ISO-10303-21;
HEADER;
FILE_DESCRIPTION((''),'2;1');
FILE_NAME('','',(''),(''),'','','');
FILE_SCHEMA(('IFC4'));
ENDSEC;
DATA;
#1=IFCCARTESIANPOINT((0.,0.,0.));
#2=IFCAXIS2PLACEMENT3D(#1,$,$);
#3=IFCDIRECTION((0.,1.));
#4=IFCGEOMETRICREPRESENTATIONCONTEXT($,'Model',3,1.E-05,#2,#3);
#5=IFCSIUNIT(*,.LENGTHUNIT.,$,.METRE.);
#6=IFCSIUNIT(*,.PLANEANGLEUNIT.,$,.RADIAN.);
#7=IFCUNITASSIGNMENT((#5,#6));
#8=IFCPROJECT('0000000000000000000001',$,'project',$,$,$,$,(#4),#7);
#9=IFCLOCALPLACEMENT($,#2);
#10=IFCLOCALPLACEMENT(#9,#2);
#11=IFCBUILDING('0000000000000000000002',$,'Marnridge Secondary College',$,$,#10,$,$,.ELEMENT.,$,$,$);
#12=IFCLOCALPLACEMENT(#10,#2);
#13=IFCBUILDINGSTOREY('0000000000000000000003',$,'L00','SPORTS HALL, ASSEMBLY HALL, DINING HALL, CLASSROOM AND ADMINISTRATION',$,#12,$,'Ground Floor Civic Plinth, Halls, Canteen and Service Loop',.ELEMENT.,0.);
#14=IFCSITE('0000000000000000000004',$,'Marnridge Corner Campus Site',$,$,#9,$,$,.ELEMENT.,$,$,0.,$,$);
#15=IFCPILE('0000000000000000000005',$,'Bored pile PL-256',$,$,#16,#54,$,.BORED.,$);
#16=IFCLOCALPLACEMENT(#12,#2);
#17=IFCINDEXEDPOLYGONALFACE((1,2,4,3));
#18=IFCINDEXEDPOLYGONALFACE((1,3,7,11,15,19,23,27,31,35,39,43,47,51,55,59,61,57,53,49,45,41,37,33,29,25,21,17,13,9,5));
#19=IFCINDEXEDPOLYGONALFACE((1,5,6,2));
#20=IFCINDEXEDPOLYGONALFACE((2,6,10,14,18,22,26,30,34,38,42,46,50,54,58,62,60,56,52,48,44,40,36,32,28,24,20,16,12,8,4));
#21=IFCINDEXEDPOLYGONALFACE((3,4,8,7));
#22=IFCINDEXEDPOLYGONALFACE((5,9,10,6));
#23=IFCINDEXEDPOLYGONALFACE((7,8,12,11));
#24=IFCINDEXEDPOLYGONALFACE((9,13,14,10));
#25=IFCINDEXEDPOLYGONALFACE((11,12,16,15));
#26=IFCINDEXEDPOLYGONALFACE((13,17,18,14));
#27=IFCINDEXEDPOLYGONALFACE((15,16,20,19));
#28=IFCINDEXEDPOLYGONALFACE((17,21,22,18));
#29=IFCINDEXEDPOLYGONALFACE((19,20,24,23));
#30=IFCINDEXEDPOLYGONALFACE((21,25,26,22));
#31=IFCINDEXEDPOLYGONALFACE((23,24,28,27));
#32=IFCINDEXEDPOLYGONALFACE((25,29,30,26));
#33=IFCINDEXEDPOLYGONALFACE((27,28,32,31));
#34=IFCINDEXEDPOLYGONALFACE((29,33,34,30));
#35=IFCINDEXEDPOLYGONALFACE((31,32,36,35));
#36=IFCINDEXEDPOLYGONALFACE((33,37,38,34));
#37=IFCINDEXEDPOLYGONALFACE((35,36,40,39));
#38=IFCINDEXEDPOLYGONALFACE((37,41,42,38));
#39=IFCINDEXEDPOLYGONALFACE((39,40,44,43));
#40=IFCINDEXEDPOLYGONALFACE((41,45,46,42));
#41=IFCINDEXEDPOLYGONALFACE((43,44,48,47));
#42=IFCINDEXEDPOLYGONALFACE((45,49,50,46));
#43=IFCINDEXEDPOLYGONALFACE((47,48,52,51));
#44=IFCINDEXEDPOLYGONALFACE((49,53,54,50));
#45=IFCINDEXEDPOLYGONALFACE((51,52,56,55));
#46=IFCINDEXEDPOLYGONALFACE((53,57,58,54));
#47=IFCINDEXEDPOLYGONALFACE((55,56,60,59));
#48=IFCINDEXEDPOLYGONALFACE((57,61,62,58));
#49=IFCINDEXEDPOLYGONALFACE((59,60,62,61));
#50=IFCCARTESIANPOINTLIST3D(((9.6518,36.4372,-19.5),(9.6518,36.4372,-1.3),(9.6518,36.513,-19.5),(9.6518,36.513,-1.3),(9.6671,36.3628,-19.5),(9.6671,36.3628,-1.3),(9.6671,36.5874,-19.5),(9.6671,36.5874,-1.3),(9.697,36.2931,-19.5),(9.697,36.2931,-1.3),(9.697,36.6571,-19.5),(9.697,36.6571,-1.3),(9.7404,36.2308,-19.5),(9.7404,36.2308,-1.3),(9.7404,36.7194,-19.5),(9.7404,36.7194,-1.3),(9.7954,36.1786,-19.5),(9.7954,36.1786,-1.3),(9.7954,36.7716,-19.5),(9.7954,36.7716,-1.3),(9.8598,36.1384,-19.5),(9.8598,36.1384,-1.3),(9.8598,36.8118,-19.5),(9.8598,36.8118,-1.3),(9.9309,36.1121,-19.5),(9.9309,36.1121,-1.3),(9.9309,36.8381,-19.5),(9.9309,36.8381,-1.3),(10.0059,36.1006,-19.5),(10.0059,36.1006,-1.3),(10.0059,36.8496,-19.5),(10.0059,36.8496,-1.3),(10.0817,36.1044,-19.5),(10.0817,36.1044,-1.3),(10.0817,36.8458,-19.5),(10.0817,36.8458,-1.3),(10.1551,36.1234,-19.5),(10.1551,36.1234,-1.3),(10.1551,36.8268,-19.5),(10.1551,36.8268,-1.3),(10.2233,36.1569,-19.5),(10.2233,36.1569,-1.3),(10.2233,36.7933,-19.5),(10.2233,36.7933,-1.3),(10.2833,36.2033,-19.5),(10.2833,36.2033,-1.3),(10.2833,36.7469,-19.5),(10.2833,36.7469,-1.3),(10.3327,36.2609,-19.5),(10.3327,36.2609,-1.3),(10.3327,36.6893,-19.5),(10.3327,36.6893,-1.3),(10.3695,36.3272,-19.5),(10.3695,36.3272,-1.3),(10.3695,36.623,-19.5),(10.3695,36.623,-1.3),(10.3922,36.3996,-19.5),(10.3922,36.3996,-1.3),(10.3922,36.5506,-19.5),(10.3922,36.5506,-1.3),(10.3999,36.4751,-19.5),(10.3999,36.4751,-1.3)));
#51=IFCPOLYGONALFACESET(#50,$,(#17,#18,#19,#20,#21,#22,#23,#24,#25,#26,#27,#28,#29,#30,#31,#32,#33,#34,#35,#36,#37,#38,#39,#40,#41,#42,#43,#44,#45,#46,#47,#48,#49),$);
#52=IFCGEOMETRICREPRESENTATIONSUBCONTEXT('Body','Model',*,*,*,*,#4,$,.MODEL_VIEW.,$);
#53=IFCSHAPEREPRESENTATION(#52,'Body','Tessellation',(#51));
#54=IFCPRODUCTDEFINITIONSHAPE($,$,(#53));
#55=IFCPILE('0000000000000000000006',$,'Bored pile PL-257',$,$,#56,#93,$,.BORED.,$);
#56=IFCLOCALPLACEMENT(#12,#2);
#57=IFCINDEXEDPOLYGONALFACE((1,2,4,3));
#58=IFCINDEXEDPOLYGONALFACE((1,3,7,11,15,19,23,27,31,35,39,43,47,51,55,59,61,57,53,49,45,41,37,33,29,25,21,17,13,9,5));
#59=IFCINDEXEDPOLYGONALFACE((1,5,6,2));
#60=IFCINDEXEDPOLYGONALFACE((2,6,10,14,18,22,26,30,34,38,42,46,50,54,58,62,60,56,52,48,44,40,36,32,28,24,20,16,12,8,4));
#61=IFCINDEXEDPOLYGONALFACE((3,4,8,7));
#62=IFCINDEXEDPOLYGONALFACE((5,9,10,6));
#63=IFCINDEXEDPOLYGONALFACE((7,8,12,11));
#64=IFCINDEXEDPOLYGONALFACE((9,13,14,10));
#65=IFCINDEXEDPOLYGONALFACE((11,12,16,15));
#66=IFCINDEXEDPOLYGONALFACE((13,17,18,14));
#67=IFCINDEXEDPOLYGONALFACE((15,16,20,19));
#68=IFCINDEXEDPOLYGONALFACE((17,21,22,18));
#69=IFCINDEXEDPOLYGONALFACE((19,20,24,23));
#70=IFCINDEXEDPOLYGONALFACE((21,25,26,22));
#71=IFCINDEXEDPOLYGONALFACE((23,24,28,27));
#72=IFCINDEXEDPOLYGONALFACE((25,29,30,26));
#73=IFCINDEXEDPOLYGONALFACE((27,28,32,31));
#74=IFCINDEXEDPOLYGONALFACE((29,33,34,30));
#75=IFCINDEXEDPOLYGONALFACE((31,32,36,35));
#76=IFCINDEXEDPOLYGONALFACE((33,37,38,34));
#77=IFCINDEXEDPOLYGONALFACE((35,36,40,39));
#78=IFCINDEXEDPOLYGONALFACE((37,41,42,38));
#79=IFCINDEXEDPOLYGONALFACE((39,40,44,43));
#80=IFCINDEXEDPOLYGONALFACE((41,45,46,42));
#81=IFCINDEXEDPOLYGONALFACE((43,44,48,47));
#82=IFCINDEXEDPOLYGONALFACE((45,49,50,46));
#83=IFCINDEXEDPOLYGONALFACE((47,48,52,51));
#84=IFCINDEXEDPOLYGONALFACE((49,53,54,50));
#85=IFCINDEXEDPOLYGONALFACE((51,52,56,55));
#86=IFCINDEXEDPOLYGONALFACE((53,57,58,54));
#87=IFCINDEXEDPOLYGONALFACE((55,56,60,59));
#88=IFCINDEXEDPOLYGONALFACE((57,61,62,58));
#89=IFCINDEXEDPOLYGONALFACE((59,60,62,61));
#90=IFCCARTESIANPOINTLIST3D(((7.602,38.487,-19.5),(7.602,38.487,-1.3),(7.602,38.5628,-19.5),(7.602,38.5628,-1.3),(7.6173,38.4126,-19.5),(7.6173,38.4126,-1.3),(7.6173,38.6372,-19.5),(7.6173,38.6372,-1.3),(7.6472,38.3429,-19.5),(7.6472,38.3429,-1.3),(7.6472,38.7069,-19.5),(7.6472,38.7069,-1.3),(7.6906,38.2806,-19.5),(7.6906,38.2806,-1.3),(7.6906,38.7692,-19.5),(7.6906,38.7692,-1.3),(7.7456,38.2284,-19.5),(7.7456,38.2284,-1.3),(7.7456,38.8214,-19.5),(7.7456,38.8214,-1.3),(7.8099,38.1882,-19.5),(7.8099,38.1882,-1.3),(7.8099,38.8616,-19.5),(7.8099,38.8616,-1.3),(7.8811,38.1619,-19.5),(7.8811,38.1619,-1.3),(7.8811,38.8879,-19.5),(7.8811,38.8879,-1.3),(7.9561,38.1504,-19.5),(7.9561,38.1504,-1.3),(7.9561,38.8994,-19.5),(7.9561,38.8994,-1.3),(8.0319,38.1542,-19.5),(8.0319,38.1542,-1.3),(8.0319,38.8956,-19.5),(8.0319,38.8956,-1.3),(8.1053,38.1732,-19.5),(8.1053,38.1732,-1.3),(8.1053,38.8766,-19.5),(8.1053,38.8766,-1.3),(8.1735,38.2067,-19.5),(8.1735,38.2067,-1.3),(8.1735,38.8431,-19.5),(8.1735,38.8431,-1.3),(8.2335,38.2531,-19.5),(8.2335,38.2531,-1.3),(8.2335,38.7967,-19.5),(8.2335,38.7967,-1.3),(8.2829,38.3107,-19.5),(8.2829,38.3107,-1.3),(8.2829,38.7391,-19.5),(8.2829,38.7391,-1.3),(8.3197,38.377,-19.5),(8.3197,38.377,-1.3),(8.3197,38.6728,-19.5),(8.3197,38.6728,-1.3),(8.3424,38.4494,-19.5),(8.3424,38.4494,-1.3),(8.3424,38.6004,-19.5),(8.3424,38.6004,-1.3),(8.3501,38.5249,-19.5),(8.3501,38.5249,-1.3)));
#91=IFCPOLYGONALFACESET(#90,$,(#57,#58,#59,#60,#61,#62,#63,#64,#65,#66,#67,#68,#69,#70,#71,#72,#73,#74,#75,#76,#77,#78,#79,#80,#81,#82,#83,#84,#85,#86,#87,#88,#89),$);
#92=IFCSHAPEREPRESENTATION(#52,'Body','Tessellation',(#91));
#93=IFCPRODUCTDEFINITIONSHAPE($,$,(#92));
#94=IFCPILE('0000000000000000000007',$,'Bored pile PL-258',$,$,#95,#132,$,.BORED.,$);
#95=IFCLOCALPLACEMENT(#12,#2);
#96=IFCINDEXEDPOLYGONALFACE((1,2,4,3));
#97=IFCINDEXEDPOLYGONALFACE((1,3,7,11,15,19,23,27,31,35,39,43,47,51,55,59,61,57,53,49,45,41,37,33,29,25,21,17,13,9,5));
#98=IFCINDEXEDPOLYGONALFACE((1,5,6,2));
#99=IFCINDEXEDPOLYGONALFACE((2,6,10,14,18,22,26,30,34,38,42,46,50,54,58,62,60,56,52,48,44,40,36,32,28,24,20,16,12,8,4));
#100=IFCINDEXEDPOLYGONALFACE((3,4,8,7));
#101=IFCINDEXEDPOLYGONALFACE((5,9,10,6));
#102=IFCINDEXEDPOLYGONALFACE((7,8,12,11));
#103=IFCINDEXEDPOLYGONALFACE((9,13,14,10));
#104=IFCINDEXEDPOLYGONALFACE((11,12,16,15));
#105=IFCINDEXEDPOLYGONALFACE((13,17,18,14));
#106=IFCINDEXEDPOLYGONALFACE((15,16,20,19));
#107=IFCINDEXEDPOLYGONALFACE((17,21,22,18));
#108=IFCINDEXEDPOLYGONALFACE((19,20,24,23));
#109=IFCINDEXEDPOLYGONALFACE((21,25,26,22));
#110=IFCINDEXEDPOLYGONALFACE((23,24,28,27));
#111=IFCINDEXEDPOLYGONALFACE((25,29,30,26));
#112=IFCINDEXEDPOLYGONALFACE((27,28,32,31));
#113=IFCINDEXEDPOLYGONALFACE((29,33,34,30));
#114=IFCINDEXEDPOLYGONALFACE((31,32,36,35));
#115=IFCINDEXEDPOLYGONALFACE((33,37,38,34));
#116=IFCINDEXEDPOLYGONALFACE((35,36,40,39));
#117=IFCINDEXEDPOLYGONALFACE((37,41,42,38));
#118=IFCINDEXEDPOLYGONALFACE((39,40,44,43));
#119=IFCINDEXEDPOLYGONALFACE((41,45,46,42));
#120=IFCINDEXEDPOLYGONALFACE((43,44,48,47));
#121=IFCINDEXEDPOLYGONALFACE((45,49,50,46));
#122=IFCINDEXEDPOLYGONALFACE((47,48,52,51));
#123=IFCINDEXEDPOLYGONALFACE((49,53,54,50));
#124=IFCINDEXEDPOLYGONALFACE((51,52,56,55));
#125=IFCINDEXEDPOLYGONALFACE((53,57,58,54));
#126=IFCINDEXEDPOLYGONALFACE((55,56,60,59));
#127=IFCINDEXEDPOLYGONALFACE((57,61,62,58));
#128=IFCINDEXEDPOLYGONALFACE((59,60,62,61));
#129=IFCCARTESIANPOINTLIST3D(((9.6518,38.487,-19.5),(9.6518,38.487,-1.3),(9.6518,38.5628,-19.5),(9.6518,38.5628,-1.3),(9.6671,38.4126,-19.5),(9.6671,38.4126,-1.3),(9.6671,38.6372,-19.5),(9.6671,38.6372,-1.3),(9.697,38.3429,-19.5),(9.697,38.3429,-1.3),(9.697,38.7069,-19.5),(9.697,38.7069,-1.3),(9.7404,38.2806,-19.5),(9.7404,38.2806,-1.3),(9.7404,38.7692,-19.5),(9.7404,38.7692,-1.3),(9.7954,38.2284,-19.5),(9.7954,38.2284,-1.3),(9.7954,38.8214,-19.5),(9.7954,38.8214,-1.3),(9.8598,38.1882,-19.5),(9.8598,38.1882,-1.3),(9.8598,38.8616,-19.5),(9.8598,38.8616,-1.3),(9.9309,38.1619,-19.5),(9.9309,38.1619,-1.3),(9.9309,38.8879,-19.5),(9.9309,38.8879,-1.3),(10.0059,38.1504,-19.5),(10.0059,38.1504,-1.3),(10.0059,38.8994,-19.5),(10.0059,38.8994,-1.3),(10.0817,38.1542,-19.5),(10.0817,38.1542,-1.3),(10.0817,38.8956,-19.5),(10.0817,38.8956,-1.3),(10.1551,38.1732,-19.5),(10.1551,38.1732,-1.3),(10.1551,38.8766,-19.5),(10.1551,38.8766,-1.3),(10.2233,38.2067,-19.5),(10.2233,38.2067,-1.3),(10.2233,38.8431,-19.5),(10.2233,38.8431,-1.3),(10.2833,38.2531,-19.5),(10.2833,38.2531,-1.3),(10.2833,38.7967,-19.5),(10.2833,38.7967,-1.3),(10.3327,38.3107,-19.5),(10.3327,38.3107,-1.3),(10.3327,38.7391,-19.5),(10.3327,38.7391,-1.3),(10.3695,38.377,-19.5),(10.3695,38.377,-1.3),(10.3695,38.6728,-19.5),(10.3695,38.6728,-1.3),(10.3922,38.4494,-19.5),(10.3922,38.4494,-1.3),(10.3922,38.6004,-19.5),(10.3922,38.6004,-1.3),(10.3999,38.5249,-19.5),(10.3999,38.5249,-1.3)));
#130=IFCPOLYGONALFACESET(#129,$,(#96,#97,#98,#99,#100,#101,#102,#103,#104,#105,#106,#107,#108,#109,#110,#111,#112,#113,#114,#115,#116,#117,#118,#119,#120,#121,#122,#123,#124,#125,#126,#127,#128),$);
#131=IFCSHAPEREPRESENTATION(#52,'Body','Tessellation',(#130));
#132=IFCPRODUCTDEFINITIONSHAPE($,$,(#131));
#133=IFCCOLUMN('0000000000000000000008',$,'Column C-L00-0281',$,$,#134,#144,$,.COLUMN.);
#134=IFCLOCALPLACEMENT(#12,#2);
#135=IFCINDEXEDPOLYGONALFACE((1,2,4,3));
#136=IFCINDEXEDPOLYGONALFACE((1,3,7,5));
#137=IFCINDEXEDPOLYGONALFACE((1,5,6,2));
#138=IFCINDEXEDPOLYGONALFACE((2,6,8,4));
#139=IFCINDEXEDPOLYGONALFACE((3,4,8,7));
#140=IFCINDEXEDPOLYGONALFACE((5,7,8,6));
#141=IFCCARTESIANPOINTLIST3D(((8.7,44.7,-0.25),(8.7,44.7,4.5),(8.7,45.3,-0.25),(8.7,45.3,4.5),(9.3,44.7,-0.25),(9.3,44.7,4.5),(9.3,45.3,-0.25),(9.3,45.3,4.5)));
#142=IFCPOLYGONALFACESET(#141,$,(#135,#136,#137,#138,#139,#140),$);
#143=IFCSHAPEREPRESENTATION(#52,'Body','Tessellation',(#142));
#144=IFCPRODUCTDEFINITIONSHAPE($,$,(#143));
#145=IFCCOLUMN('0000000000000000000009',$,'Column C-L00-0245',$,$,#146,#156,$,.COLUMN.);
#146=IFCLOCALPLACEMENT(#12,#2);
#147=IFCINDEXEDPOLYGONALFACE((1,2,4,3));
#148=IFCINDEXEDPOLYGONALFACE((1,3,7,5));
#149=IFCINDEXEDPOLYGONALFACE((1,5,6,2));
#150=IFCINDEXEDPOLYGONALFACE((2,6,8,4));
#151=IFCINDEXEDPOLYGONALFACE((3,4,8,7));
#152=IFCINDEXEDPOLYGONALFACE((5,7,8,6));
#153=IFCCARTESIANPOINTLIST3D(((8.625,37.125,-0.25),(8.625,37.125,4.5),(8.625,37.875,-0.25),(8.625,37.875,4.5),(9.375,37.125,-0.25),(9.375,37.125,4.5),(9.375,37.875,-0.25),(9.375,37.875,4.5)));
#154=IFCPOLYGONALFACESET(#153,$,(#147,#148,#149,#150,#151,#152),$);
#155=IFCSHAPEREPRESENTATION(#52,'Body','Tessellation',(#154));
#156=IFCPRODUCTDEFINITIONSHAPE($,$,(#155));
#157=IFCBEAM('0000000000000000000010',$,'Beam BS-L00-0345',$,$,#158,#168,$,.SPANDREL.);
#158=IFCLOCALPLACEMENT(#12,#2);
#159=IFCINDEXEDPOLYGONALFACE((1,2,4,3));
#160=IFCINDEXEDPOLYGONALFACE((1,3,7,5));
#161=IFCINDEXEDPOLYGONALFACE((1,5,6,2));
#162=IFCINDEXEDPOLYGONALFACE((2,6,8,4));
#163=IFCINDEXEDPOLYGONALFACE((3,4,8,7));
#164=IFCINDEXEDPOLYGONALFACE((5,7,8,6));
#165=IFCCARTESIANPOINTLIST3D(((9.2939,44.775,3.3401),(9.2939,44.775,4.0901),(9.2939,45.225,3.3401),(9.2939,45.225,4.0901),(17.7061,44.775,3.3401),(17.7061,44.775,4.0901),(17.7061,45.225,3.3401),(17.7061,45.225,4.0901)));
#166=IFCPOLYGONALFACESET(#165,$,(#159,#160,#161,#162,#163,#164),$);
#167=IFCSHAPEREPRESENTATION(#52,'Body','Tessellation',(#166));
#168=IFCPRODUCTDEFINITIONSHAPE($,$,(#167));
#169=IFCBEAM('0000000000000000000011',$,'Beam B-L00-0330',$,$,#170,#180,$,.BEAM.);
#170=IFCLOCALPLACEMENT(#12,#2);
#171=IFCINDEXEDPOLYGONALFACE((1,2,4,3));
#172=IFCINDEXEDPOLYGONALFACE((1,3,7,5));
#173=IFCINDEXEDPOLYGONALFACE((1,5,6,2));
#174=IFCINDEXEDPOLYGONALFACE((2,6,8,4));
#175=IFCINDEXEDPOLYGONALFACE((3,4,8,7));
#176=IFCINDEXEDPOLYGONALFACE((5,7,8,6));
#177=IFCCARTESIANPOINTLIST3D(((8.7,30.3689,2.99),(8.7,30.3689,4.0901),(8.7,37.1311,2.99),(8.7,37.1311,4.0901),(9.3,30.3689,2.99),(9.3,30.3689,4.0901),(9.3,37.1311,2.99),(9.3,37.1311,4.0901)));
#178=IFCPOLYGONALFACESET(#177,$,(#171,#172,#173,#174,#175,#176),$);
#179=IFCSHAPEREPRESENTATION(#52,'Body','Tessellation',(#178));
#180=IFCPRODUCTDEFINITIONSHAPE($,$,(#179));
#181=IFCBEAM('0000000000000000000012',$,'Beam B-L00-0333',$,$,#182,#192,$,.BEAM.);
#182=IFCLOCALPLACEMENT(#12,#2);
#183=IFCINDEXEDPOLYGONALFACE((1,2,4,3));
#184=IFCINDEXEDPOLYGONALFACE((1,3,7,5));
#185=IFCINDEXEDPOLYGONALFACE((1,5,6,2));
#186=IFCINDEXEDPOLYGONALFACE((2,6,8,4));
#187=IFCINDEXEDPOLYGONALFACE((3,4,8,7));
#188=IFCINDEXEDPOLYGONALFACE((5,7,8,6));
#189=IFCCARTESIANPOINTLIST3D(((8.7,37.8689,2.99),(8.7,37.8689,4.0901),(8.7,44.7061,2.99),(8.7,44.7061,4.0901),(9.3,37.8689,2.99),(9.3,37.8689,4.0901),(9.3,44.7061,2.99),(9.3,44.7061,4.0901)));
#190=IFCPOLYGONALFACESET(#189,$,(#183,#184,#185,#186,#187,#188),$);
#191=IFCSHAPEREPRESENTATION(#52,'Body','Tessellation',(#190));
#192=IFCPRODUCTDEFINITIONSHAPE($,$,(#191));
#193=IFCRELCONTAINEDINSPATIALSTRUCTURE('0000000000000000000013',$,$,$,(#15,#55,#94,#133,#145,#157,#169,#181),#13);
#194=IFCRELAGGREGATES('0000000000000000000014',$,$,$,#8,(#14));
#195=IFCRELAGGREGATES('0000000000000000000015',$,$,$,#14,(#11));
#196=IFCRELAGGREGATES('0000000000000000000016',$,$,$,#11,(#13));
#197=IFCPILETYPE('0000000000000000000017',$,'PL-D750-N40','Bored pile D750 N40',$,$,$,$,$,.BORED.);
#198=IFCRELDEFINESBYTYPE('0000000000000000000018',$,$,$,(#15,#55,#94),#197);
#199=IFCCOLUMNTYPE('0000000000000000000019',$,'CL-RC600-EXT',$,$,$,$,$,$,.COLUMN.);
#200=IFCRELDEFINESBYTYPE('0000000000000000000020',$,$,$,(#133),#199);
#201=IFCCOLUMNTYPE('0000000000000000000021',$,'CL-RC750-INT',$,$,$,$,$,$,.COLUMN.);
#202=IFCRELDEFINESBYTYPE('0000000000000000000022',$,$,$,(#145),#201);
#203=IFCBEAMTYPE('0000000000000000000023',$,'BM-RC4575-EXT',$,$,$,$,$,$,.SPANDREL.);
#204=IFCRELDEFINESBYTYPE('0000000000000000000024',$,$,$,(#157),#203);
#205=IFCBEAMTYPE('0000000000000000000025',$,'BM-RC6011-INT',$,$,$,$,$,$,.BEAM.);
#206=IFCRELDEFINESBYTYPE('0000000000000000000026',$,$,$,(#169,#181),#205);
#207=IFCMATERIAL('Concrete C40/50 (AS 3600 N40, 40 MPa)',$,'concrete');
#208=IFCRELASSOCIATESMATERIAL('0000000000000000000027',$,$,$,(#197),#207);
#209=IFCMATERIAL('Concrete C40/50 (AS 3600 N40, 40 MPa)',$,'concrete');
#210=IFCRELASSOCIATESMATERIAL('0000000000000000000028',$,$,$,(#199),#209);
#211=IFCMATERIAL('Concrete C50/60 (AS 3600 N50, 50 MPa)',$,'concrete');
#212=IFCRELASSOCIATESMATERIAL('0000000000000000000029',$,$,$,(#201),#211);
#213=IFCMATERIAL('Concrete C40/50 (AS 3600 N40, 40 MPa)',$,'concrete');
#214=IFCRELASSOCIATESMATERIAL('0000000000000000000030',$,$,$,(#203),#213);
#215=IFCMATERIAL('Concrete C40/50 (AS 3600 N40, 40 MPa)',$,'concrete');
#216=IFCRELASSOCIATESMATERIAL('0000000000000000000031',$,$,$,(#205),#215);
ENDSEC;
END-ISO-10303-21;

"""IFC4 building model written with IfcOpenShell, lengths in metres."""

from ifc_helpers import new_model, si_unit, direction, frame, origin, origin_2d, place, context, subcontext, project, spatial, rectangle, circle, extrude, material, material_profile, profile_set, type_object, element, save


model = new_model("IFC4")

# Units and contexts
model_context = context("Model", 3, precision=1e-05, world=origin(), true_north=direction((0.0, 1.0)))
body_context = subcontext(model_context, "Body", "Model", "MODEL_VIEW")
ifc_project = project(units=[si_unit("LENGTHUNIT", "METRE"), si_unit("PLANEANGLEUNIT", "RADIAN")], contexts=[model_context])

# Site, building, storey
site_placement = place(None, origin())
site = spatial("IfcSite", under=ifc_project, at=site_placement, Name="Marnridge Corner Campus Site", CompositionType="ELEMENT", RefElevation=0.0)
building_placement = place(site_placement, origin())
building = spatial("IfcBuilding", under=site, at=building_placement, Name="Marnridge Secondary College", CompositionType="ELEMENT")
storey_placement = place(building_placement, origin())
storey = spatial("IfcBuildingStorey", under=building, at=storey_placement, Name="L00", Description="SPORTS HALL, ASSEMBLY HALL, DINING HALL, CLASSROOM AND ADMINISTRATION", LongName="Ground Floor Civic Plinth, Halls, Canteen and Service Loop", CompositionType="ELEMENT", Elevation=0.0)

# Piles
ifc_material_1 = material(Name="Concrete C40/50 (AS 3600 N40, 40 MPa)", Category="concrete")
ifc_material_profile_1 = material_profile(ifc_material_1, circle(Radius=0.375, at=origin_2d()), Name="PILE D750")
ifc_profile_set_1 = profile_set([ifc_material_profile_1], Name="Concrete C40/50 (AS 3600 N40, 40 MPa)")
pile_type_1 = type_object("IfcPileType", Name="PL-D750-N40", Description="Bored pile D750 N40", PredefinedType="BORED", material=ifc_profile_set_1)
for number, where, z_axis, x_axis, name in (
    (1, (10.0249, 36.4751, -1.3), (0.0, 0.0, -1.0), (1.0, 0.0, 0.0), "Bored pile PL-256"),
    (2, (7.9751, 38.5249, -1.3), (0.0, 0.0, -1.0), (1.0, 0.0, 0.0), "Bored pile PL-257"),
    (3, (10.0249, 38.5249, -1.3), (0.0, 0.0, -1.0), (1.0, 0.0, 0.0), "Bored pile PL-258"),
):
    element("IfcPile", number, at=place(storey_placement, frame(where, z_axis=z_axis, x_axis=x_axis)), inside=storey, type_object=pile_type_1, Name=name, PredefinedType="BORED", context=body_context, shape_type="SweptSolid", body=[
        extrude(circle(Radius=0.375, at=origin_2d()), origin(), (0.0, 0.0, 1.0), 18.2),
    ])

# Columns
ifc_material_2 = material(Name="Concrete C40/50 (AS 3600 N40, 40 MPa)", Category="concrete")
ifc_material_profile_2 = material_profile(ifc_material_2, rectangle(XDim=0.6001, YDim=0.6001, at=origin_2d()), Name="RC 600x600")
ifc_profile_set_2 = profile_set([ifc_material_profile_2], Name="Concrete C40/50 (AS 3600 N40, 40 MPa)")
column_type_1 = type_object("IfcColumnType", Name="CL-RC600-EXT", PredefinedType="COLUMN", material=ifc_profile_set_2)
column_1_placement = place(storey_placement, frame((9.0, 45.0, -0.25), z_axis=(0.0, 0.0, 1.0), x_axis=(1.0, 0.0, 0.0)))
element("IfcColumn", 4, at=column_1_placement, inside=storey, type_object=column_type_1, Name="Column C-L00-0281", PredefinedType="COLUMN", context=body_context, shape_type="SweptSolid", body=[
    extrude(rectangle(XDim=0.6001, YDim=0.6001, at=origin_2d()), origin(), (0.0, 0.0, 1.0), 4.75),
])
ifc_material_3 = material(Name="Concrete C50/60 (AS 3600 N50, 50 MPa)", Category="concrete")
ifc_material_profile_3 = material_profile(ifc_material_3, rectangle(XDim=0.75, YDim=0.75, at=origin_2d()), Name="RC 750x750")
ifc_profile_set_3 = profile_set([ifc_material_profile_3], Name="Concrete C50/60 (AS 3600 N50, 50 MPa)")
column_type_2 = type_object("IfcColumnType", Name="CL-RC750-INT", PredefinedType="COLUMN", material=ifc_profile_set_3)
column_2_placement = place(storey_placement, frame((9.0, 37.5, -0.25), z_axis=(0.0, 0.0, 1.0), x_axis=(1.0, 0.0, 0.0)))
element("IfcColumn", 5, at=column_2_placement, inside=storey, type_object=column_type_2, Name="Column C-L00-0245", PredefinedType="COLUMN", context=body_context, shape_type="SweptSolid", body=[
    extrude(rectangle(XDim=0.75, YDim=0.75, at=origin_2d()), origin(), (0.0, 0.0, 1.0), 4.75),
])

# Beams
ifc_material_4 = material(Name="Concrete C40/50 (AS 3600 N40, 40 MPa)", Category="concrete")
ifc_material_profile_4 = material_profile(ifc_material_4, rectangle(XDim=0.45, YDim=0.75, at=origin_2d()), Name="RC 450x750")
ifc_profile_set_4 = profile_set([ifc_material_profile_4], Name="Concrete C40/50 (AS 3600 N40, 40 MPa)")
beam_type_1 = type_object("IfcBeamType", Name="BM-RC4575-EXT", PredefinedType="SPANDREL", material=ifc_profile_set_4)
beam_1_placement = place(storey_placement, frame((9.2939, 45.0, 3.7151), z_axis=(1.0, 0.0, 0.0), x_axis=(0.0, 1.0, 0.0)))
element("IfcBeam", 6, at=beam_1_placement, inside=storey, type_object=beam_type_1, Name="Beam BS-L00-0345", PredefinedType="SPANDREL", context=body_context, shape_type="SweptSolid", body=[
    extrude(rectangle(XDim=0.45, YDim=0.75, at=origin_2d()), origin(), (0.0, 0.0, 1.0), 8.4121),
])
ifc_material_5 = material(Name="Concrete C40/50 (AS 3600 N40, 40 MPa)", Category="concrete")
ifc_material_profile_5 = material_profile(ifc_material_5, rectangle(XDim=0.6001, YDim=1.1001, at=origin_2d()), Name="RC 600x1100")
ifc_profile_set_5 = profile_set([ifc_material_profile_5], Name="Concrete C40/50 (AS 3600 N40, 40 MPa)")
beam_type_2 = type_object("IfcBeamType", Name="BM-RC6011-INT", PredefinedType="BEAM", material=ifc_profile_set_5)
beam_2_placement = place(storey_placement, frame((9.0, 30.3689, 3.54), z_axis=(0.0, 1.0, 0.0), x_axis=(-1.0, 0.0, 0.0)))
element("IfcBeam", 7, at=beam_2_placement, inside=storey, type_object=beam_type_2, Name="Beam B-L00-0330", PredefinedType="BEAM", context=body_context, shape_type="SweptSolid", body=[
    extrude(rectangle(XDim=0.6001, YDim=1.1001, at=origin_2d()), origin(), (0.0, 0.0, 1.0), 6.7622),
])
beam_3_placement = place(storey_placement, frame((9.0, 37.8689, 3.54), z_axis=(0.0, 1.0, 0.0), x_axis=(-1.0, 0.0, 0.0)))
element("IfcBeam", 8, at=beam_3_placement, inside=storey, type_object=beam_type_2, Name="Beam B-L00-0333", PredefinedType="BEAM", context=body_context, shape_type="SweptSolid", body=[
    extrude(rectangle(XDim=0.6001, YDim=1.1001, at=origin_2d()), origin(), (0.0, 0.0, 1.0), 6.8372),
])

save(model, "model.ifc")
